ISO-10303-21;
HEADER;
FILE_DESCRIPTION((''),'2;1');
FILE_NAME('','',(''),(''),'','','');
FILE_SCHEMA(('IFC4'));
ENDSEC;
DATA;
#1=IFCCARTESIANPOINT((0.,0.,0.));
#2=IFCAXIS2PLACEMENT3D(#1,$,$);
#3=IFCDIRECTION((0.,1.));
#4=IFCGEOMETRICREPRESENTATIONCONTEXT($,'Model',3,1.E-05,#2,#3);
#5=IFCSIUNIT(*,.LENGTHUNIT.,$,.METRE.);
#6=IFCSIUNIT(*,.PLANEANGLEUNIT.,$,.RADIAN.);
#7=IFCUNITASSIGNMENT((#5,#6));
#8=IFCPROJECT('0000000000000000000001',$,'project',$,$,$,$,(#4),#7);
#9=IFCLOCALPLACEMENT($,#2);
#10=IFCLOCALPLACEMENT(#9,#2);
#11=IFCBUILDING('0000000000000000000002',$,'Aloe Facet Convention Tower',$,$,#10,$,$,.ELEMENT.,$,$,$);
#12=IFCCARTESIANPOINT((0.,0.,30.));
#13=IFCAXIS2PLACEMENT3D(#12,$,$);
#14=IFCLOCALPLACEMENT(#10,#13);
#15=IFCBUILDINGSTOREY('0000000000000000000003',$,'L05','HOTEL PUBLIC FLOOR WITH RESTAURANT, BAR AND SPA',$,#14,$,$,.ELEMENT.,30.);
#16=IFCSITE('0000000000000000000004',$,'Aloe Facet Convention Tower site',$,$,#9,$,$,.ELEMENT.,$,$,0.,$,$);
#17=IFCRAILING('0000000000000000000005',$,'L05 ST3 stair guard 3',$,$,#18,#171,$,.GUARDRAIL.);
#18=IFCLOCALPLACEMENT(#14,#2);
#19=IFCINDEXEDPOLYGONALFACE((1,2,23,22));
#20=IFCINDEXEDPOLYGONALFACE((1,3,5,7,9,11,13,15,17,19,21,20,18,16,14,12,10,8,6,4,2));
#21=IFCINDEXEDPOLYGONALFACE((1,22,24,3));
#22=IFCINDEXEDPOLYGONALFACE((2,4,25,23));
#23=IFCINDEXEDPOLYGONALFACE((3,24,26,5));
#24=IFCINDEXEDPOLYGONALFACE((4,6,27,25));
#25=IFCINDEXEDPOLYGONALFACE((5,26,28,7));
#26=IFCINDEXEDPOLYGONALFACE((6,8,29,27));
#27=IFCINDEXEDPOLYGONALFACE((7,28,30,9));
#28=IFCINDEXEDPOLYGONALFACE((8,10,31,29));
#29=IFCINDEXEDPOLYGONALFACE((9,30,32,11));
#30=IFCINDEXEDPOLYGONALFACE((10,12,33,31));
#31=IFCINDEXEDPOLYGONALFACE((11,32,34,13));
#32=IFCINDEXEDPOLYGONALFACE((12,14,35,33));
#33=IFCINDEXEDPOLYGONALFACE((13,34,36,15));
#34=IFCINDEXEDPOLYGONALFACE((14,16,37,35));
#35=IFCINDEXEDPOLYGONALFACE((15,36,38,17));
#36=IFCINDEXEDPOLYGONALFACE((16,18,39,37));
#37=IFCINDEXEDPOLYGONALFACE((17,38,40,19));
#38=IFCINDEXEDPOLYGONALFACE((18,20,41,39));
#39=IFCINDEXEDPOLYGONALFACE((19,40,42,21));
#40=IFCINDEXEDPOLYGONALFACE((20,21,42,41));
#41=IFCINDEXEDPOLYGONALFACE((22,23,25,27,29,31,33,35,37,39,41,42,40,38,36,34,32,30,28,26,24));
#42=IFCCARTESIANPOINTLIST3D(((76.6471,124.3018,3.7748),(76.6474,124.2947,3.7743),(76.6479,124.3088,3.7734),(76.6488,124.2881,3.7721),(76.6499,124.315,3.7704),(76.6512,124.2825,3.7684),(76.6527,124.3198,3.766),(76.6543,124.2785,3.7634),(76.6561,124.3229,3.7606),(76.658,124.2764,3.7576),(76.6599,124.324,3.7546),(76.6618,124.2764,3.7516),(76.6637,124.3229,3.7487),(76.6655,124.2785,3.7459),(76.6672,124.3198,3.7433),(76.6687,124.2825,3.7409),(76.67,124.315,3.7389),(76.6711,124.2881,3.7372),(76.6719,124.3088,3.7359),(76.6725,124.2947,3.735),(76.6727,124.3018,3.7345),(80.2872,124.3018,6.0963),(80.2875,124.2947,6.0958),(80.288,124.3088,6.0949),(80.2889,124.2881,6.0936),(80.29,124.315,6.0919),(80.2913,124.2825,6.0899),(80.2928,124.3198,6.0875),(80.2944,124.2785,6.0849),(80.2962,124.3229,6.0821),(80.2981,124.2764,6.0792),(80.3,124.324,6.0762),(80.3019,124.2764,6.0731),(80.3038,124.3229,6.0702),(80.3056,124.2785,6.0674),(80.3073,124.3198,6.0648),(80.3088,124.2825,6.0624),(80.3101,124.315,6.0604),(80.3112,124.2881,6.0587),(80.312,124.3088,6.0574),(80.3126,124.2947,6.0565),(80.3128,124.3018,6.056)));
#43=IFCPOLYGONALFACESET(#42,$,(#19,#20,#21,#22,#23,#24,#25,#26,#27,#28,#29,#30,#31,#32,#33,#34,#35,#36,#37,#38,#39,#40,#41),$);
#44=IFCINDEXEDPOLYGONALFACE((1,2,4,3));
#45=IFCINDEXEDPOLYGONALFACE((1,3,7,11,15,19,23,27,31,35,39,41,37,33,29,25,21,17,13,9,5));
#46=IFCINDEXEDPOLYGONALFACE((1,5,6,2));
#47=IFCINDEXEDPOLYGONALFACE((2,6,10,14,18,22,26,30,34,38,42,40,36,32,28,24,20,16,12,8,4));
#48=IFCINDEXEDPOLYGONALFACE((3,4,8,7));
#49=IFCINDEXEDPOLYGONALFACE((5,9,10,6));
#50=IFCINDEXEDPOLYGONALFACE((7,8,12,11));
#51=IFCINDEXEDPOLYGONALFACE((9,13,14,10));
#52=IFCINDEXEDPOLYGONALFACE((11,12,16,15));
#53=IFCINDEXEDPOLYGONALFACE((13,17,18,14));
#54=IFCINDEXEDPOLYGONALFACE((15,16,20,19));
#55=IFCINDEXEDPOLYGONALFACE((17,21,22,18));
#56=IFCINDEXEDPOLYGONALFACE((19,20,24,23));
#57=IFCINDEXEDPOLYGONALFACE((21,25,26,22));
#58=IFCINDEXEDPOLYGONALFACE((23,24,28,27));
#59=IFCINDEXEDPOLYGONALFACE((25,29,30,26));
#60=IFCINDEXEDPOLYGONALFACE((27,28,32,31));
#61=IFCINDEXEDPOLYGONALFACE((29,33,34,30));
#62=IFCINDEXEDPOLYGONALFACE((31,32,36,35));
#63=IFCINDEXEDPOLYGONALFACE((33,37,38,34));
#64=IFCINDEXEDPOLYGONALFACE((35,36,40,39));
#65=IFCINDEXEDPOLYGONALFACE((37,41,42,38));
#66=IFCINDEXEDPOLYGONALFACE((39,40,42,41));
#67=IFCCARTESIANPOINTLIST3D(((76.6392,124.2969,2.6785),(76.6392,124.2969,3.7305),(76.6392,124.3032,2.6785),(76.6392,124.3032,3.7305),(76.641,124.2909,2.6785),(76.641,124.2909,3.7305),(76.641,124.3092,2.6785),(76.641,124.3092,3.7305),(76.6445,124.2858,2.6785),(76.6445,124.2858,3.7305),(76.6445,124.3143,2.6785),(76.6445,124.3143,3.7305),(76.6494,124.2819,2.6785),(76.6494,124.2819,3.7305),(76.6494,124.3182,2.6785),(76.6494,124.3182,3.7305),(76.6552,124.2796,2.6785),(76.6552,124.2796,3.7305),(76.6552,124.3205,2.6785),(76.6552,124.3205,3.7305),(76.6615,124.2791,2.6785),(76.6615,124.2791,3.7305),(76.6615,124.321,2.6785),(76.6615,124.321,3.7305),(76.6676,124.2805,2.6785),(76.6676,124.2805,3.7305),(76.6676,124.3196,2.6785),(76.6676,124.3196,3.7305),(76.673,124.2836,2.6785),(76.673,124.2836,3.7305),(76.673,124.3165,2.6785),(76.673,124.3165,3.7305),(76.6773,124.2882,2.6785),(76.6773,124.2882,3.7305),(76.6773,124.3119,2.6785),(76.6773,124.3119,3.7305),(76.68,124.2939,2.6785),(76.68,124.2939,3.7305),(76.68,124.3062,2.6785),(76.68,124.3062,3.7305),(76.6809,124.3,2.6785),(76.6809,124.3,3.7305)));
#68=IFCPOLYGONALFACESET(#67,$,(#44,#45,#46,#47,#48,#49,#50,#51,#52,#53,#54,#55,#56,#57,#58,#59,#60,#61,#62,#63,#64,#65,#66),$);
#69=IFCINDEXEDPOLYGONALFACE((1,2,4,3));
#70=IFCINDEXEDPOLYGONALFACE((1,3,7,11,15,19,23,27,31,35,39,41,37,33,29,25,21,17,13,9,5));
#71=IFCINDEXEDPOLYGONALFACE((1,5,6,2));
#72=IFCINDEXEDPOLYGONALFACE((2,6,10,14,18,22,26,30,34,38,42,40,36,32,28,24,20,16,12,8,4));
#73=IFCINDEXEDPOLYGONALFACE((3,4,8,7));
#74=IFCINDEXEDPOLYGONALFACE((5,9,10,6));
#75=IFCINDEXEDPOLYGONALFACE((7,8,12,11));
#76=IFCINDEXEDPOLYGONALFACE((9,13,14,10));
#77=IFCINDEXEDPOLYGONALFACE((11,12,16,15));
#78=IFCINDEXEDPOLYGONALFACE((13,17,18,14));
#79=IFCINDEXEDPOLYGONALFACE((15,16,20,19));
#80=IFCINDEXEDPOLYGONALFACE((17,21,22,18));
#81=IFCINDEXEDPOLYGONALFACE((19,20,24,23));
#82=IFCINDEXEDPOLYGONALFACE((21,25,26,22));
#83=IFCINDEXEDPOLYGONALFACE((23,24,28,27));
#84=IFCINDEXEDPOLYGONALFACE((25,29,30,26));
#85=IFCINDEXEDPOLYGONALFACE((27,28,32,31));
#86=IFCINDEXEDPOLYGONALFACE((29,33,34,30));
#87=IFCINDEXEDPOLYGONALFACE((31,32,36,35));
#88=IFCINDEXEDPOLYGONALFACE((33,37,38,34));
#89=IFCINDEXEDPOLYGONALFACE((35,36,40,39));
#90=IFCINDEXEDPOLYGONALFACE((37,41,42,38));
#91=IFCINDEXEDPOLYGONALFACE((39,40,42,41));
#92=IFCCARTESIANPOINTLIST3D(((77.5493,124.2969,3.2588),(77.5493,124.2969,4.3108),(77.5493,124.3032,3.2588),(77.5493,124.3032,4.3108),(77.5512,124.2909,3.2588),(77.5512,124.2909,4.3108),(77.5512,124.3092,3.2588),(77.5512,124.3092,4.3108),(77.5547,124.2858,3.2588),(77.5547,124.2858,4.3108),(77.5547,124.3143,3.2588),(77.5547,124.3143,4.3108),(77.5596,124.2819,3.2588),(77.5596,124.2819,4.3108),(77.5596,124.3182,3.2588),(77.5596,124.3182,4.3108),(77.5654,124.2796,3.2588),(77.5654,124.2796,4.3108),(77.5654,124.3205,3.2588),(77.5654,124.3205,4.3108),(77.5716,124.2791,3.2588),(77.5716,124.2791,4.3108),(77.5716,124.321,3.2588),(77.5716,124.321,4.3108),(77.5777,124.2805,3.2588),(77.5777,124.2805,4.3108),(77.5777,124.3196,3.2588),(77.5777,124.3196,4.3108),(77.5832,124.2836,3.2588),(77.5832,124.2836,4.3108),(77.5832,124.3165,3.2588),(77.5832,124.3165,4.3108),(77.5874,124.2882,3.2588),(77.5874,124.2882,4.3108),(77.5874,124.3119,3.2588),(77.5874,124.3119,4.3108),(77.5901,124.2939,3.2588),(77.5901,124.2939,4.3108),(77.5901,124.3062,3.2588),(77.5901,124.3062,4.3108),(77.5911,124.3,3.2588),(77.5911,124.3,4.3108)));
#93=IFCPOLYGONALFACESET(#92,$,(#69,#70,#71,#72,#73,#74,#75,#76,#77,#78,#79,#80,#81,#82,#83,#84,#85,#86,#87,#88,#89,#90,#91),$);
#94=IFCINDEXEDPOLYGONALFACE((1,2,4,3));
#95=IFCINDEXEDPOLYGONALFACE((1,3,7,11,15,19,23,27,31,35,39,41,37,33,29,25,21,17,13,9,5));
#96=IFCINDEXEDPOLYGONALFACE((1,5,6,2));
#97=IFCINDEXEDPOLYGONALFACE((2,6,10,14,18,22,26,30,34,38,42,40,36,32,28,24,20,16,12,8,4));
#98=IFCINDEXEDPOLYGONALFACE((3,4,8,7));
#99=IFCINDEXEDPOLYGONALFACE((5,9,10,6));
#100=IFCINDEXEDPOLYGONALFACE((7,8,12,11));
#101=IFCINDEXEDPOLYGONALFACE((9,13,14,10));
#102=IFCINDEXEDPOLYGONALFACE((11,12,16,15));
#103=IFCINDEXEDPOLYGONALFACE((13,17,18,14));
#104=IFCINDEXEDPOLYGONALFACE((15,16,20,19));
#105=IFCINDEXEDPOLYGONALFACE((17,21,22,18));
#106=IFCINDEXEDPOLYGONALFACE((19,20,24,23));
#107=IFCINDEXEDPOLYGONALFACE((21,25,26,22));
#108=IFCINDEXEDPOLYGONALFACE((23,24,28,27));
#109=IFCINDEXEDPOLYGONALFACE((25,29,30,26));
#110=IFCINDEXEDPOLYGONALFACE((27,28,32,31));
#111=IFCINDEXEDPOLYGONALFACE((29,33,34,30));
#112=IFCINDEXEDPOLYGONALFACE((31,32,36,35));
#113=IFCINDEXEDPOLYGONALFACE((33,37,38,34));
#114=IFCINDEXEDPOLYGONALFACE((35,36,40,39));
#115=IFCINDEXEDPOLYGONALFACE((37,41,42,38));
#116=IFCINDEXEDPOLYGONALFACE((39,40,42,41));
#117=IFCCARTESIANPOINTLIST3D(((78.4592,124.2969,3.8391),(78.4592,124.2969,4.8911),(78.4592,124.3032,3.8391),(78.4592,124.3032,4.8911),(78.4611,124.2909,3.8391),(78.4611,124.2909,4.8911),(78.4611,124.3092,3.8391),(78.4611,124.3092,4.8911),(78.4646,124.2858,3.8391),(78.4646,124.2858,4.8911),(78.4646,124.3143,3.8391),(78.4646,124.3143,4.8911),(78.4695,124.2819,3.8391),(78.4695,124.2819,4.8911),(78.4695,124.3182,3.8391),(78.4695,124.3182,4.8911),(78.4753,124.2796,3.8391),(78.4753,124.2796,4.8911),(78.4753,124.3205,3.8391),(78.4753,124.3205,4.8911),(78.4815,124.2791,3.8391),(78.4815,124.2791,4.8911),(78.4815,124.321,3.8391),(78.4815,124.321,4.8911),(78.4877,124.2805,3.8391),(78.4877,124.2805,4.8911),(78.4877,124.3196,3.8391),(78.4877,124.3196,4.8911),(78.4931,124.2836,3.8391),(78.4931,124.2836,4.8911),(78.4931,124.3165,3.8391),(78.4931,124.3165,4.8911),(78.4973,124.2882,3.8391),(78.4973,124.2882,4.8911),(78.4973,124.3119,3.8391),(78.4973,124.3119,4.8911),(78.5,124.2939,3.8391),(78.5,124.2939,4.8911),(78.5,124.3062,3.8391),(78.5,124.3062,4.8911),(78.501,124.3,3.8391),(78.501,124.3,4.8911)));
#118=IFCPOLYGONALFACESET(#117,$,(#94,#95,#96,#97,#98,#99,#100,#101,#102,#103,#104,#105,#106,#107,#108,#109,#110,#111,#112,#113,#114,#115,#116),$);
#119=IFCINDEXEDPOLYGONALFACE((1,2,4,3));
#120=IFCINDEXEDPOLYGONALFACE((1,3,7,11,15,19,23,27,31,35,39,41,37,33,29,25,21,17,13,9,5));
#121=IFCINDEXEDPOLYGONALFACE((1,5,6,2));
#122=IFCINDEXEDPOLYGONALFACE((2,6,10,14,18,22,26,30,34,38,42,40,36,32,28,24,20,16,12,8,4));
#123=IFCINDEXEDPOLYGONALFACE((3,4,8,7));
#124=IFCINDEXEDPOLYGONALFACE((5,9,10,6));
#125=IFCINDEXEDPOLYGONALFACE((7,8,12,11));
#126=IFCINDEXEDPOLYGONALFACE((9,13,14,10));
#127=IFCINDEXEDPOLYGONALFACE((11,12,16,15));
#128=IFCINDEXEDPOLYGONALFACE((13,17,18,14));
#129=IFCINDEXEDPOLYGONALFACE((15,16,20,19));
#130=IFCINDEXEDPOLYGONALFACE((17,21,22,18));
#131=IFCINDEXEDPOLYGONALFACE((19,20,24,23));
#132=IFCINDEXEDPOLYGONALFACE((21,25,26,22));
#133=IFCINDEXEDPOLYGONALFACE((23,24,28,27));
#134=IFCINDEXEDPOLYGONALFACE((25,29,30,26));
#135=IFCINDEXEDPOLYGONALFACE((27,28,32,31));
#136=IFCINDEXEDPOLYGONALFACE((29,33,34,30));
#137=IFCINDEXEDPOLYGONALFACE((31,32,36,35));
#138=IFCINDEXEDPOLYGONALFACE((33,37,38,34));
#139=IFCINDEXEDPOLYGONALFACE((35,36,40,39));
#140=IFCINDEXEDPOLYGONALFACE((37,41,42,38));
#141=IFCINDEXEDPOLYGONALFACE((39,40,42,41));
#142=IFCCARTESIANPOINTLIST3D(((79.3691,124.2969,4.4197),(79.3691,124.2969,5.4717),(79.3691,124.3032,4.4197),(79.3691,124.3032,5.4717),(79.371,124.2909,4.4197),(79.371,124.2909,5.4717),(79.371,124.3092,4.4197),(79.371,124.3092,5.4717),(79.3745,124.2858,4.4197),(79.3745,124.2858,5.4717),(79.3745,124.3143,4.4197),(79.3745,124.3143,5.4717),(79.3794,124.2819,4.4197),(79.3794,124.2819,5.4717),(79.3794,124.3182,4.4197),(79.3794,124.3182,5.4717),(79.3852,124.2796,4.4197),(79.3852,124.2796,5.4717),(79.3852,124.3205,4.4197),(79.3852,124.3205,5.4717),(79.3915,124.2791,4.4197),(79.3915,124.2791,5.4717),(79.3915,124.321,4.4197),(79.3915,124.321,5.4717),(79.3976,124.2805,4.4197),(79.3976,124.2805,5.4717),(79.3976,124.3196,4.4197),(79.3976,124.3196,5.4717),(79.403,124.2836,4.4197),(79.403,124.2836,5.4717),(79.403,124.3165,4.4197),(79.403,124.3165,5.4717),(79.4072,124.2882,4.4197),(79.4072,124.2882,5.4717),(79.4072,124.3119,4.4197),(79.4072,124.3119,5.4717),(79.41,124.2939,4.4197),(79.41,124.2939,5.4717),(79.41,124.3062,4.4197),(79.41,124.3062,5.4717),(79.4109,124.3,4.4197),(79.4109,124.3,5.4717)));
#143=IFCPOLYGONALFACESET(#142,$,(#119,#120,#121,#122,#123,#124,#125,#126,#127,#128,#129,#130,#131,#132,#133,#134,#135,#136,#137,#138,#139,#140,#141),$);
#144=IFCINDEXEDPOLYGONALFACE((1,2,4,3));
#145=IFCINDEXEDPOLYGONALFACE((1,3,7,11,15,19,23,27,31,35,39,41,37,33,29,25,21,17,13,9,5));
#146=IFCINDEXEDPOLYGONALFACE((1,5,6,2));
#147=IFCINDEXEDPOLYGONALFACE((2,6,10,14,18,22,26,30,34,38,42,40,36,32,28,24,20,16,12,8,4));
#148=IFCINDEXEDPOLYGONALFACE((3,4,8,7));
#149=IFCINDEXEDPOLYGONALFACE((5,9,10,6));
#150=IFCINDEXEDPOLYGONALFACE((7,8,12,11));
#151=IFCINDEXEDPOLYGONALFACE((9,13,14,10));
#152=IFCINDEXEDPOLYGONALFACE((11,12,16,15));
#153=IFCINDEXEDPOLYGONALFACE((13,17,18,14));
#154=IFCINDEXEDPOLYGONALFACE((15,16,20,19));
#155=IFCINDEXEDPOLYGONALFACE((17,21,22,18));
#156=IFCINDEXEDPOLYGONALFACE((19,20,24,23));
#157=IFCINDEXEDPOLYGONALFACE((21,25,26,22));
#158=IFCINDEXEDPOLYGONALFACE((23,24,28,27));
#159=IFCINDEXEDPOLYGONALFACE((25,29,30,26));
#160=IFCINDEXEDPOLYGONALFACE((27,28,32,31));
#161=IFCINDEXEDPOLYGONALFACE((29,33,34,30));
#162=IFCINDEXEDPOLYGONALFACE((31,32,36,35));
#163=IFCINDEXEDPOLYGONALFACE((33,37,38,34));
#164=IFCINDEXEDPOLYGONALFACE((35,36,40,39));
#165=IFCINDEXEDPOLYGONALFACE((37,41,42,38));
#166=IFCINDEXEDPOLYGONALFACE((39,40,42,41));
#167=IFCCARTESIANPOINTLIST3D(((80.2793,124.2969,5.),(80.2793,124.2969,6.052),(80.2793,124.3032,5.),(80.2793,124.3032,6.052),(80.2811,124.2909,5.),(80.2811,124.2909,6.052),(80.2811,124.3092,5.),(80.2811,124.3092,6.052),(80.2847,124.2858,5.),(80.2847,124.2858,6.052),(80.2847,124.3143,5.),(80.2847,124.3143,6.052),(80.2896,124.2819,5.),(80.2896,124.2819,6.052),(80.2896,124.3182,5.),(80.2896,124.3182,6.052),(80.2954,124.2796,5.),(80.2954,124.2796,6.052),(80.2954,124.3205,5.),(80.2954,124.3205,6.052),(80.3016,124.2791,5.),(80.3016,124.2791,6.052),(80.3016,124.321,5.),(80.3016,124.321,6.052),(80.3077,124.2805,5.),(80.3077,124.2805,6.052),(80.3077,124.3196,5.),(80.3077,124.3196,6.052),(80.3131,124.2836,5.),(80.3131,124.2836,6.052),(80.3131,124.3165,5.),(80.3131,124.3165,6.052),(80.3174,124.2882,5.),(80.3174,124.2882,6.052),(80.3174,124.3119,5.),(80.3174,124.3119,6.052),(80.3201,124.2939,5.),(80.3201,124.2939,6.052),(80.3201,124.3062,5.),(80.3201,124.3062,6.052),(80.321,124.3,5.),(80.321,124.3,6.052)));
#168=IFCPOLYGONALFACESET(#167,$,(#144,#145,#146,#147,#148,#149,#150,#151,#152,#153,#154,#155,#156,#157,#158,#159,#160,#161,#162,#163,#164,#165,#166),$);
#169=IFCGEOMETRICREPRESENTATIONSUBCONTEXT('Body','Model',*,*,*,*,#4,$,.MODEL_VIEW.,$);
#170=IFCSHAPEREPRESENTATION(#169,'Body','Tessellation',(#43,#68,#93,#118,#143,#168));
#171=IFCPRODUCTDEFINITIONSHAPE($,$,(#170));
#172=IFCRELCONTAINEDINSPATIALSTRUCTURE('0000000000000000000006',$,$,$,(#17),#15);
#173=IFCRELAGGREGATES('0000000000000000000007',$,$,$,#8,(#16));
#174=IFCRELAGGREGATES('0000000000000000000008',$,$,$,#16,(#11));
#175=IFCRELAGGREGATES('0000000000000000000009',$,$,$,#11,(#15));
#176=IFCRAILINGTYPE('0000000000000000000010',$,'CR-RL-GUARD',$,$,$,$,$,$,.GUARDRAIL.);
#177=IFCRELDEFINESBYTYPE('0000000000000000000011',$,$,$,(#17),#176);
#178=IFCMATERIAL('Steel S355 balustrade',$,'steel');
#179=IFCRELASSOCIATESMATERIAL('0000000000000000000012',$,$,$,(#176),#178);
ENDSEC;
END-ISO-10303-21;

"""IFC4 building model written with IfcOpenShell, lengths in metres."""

from ifc_helpers import new_model, si_unit, direction, frame, origin, origin_2d, place, context, subcontext, project, spatial, circle, extrude, material, type_object, element, save


model = new_model("IFC4")

# Units and contexts
model_context = context("Model", 3, precision=1e-05, world=origin(), true_north=direction((0.0, 1.0)))
body_context = subcontext(model_context, "Body", "Model", "MODEL_VIEW")
ifc_project = project(units=[si_unit("LENGTHUNIT", "METRE"), si_unit("PLANEANGLEUNIT", "RADIAN")], contexts=[model_context])

# Site, building, storey
site_placement = place(None, origin())
site = spatial("IfcSite", under=ifc_project, at=site_placement, Name="Aloe Facet Convention Tower site", CompositionType="ELEMENT", RefElevation=0.0)
building_placement = place(site_placement, origin())
building = spatial("IfcBuilding", under=site, at=building_placement, Name="Aloe Facet Convention Tower", CompositionType="ELEMENT")
storey_placement = place(building_placement, frame((0.0, 0.0, 30.0)))
storey = spatial("IfcBuildingStorey", under=building, at=storey_placement, Name="L05", Description="HOTEL PUBLIC FLOOR WITH RESTAURANT, BAR AND SPA", CompositionType="ELEMENT", Elevation=30.0)

# Railing
ifc_material_1 = material(Name="Steel S355 balustrade", Category="steel")
railing_type_1 = type_object("IfcRailingType", Name="CR-RL-GUARD", PredefinedType="GUARDRAIL", material=ifc_material_1)
railing_1_placement = place(storey_placement, frame((76.6599, 124.3, 2.6785)))
element("IfcRailing", 1, at=railing_1_placement, inside=storey, type_object=railing_type_1, Name="L05 ST3 stair guard 3", PredefinedType="GUARDRAIL", context=body_context, shape_type="SweptSolid", body=[
    extrude(circle(Radius=0.0239, at=origin_2d()), frame((0.0, 0.0, 1.0762), z_axis=(0.843128, 0.0, 0.537713), x_axis=(0.0, 1.0, 0.0)), (0.0, 0.0, 1.0), 4.3174),
    extrude(circle(Radius=0.021, at=origin_2d()), origin(), (0.0, 0.0, 1.0), 1.052),
    extrude(circle(Radius=0.021, at=origin_2d()), frame((0.9102, 0.0, 0.5803)), (0.0, 0.0, 1.0), 1.052),
    extrude(circle(Radius=0.021, at=origin_2d()), frame((1.8201, 0.0, 1.1606)), (0.0, 0.0, 1.0), 1.052),
    extrude(circle(Radius=0.021, at=origin_2d()), frame((2.73, 0.0, 1.7412)), (0.0, 0.0, 1.0), 1.052),
    extrude(circle(Radius=0.021, at=origin_2d()), frame((3.6401, 0.0, 2.3215)), (0.0, 0.0, 1.0), 1.052),
])

save(model, "model.ifc")
